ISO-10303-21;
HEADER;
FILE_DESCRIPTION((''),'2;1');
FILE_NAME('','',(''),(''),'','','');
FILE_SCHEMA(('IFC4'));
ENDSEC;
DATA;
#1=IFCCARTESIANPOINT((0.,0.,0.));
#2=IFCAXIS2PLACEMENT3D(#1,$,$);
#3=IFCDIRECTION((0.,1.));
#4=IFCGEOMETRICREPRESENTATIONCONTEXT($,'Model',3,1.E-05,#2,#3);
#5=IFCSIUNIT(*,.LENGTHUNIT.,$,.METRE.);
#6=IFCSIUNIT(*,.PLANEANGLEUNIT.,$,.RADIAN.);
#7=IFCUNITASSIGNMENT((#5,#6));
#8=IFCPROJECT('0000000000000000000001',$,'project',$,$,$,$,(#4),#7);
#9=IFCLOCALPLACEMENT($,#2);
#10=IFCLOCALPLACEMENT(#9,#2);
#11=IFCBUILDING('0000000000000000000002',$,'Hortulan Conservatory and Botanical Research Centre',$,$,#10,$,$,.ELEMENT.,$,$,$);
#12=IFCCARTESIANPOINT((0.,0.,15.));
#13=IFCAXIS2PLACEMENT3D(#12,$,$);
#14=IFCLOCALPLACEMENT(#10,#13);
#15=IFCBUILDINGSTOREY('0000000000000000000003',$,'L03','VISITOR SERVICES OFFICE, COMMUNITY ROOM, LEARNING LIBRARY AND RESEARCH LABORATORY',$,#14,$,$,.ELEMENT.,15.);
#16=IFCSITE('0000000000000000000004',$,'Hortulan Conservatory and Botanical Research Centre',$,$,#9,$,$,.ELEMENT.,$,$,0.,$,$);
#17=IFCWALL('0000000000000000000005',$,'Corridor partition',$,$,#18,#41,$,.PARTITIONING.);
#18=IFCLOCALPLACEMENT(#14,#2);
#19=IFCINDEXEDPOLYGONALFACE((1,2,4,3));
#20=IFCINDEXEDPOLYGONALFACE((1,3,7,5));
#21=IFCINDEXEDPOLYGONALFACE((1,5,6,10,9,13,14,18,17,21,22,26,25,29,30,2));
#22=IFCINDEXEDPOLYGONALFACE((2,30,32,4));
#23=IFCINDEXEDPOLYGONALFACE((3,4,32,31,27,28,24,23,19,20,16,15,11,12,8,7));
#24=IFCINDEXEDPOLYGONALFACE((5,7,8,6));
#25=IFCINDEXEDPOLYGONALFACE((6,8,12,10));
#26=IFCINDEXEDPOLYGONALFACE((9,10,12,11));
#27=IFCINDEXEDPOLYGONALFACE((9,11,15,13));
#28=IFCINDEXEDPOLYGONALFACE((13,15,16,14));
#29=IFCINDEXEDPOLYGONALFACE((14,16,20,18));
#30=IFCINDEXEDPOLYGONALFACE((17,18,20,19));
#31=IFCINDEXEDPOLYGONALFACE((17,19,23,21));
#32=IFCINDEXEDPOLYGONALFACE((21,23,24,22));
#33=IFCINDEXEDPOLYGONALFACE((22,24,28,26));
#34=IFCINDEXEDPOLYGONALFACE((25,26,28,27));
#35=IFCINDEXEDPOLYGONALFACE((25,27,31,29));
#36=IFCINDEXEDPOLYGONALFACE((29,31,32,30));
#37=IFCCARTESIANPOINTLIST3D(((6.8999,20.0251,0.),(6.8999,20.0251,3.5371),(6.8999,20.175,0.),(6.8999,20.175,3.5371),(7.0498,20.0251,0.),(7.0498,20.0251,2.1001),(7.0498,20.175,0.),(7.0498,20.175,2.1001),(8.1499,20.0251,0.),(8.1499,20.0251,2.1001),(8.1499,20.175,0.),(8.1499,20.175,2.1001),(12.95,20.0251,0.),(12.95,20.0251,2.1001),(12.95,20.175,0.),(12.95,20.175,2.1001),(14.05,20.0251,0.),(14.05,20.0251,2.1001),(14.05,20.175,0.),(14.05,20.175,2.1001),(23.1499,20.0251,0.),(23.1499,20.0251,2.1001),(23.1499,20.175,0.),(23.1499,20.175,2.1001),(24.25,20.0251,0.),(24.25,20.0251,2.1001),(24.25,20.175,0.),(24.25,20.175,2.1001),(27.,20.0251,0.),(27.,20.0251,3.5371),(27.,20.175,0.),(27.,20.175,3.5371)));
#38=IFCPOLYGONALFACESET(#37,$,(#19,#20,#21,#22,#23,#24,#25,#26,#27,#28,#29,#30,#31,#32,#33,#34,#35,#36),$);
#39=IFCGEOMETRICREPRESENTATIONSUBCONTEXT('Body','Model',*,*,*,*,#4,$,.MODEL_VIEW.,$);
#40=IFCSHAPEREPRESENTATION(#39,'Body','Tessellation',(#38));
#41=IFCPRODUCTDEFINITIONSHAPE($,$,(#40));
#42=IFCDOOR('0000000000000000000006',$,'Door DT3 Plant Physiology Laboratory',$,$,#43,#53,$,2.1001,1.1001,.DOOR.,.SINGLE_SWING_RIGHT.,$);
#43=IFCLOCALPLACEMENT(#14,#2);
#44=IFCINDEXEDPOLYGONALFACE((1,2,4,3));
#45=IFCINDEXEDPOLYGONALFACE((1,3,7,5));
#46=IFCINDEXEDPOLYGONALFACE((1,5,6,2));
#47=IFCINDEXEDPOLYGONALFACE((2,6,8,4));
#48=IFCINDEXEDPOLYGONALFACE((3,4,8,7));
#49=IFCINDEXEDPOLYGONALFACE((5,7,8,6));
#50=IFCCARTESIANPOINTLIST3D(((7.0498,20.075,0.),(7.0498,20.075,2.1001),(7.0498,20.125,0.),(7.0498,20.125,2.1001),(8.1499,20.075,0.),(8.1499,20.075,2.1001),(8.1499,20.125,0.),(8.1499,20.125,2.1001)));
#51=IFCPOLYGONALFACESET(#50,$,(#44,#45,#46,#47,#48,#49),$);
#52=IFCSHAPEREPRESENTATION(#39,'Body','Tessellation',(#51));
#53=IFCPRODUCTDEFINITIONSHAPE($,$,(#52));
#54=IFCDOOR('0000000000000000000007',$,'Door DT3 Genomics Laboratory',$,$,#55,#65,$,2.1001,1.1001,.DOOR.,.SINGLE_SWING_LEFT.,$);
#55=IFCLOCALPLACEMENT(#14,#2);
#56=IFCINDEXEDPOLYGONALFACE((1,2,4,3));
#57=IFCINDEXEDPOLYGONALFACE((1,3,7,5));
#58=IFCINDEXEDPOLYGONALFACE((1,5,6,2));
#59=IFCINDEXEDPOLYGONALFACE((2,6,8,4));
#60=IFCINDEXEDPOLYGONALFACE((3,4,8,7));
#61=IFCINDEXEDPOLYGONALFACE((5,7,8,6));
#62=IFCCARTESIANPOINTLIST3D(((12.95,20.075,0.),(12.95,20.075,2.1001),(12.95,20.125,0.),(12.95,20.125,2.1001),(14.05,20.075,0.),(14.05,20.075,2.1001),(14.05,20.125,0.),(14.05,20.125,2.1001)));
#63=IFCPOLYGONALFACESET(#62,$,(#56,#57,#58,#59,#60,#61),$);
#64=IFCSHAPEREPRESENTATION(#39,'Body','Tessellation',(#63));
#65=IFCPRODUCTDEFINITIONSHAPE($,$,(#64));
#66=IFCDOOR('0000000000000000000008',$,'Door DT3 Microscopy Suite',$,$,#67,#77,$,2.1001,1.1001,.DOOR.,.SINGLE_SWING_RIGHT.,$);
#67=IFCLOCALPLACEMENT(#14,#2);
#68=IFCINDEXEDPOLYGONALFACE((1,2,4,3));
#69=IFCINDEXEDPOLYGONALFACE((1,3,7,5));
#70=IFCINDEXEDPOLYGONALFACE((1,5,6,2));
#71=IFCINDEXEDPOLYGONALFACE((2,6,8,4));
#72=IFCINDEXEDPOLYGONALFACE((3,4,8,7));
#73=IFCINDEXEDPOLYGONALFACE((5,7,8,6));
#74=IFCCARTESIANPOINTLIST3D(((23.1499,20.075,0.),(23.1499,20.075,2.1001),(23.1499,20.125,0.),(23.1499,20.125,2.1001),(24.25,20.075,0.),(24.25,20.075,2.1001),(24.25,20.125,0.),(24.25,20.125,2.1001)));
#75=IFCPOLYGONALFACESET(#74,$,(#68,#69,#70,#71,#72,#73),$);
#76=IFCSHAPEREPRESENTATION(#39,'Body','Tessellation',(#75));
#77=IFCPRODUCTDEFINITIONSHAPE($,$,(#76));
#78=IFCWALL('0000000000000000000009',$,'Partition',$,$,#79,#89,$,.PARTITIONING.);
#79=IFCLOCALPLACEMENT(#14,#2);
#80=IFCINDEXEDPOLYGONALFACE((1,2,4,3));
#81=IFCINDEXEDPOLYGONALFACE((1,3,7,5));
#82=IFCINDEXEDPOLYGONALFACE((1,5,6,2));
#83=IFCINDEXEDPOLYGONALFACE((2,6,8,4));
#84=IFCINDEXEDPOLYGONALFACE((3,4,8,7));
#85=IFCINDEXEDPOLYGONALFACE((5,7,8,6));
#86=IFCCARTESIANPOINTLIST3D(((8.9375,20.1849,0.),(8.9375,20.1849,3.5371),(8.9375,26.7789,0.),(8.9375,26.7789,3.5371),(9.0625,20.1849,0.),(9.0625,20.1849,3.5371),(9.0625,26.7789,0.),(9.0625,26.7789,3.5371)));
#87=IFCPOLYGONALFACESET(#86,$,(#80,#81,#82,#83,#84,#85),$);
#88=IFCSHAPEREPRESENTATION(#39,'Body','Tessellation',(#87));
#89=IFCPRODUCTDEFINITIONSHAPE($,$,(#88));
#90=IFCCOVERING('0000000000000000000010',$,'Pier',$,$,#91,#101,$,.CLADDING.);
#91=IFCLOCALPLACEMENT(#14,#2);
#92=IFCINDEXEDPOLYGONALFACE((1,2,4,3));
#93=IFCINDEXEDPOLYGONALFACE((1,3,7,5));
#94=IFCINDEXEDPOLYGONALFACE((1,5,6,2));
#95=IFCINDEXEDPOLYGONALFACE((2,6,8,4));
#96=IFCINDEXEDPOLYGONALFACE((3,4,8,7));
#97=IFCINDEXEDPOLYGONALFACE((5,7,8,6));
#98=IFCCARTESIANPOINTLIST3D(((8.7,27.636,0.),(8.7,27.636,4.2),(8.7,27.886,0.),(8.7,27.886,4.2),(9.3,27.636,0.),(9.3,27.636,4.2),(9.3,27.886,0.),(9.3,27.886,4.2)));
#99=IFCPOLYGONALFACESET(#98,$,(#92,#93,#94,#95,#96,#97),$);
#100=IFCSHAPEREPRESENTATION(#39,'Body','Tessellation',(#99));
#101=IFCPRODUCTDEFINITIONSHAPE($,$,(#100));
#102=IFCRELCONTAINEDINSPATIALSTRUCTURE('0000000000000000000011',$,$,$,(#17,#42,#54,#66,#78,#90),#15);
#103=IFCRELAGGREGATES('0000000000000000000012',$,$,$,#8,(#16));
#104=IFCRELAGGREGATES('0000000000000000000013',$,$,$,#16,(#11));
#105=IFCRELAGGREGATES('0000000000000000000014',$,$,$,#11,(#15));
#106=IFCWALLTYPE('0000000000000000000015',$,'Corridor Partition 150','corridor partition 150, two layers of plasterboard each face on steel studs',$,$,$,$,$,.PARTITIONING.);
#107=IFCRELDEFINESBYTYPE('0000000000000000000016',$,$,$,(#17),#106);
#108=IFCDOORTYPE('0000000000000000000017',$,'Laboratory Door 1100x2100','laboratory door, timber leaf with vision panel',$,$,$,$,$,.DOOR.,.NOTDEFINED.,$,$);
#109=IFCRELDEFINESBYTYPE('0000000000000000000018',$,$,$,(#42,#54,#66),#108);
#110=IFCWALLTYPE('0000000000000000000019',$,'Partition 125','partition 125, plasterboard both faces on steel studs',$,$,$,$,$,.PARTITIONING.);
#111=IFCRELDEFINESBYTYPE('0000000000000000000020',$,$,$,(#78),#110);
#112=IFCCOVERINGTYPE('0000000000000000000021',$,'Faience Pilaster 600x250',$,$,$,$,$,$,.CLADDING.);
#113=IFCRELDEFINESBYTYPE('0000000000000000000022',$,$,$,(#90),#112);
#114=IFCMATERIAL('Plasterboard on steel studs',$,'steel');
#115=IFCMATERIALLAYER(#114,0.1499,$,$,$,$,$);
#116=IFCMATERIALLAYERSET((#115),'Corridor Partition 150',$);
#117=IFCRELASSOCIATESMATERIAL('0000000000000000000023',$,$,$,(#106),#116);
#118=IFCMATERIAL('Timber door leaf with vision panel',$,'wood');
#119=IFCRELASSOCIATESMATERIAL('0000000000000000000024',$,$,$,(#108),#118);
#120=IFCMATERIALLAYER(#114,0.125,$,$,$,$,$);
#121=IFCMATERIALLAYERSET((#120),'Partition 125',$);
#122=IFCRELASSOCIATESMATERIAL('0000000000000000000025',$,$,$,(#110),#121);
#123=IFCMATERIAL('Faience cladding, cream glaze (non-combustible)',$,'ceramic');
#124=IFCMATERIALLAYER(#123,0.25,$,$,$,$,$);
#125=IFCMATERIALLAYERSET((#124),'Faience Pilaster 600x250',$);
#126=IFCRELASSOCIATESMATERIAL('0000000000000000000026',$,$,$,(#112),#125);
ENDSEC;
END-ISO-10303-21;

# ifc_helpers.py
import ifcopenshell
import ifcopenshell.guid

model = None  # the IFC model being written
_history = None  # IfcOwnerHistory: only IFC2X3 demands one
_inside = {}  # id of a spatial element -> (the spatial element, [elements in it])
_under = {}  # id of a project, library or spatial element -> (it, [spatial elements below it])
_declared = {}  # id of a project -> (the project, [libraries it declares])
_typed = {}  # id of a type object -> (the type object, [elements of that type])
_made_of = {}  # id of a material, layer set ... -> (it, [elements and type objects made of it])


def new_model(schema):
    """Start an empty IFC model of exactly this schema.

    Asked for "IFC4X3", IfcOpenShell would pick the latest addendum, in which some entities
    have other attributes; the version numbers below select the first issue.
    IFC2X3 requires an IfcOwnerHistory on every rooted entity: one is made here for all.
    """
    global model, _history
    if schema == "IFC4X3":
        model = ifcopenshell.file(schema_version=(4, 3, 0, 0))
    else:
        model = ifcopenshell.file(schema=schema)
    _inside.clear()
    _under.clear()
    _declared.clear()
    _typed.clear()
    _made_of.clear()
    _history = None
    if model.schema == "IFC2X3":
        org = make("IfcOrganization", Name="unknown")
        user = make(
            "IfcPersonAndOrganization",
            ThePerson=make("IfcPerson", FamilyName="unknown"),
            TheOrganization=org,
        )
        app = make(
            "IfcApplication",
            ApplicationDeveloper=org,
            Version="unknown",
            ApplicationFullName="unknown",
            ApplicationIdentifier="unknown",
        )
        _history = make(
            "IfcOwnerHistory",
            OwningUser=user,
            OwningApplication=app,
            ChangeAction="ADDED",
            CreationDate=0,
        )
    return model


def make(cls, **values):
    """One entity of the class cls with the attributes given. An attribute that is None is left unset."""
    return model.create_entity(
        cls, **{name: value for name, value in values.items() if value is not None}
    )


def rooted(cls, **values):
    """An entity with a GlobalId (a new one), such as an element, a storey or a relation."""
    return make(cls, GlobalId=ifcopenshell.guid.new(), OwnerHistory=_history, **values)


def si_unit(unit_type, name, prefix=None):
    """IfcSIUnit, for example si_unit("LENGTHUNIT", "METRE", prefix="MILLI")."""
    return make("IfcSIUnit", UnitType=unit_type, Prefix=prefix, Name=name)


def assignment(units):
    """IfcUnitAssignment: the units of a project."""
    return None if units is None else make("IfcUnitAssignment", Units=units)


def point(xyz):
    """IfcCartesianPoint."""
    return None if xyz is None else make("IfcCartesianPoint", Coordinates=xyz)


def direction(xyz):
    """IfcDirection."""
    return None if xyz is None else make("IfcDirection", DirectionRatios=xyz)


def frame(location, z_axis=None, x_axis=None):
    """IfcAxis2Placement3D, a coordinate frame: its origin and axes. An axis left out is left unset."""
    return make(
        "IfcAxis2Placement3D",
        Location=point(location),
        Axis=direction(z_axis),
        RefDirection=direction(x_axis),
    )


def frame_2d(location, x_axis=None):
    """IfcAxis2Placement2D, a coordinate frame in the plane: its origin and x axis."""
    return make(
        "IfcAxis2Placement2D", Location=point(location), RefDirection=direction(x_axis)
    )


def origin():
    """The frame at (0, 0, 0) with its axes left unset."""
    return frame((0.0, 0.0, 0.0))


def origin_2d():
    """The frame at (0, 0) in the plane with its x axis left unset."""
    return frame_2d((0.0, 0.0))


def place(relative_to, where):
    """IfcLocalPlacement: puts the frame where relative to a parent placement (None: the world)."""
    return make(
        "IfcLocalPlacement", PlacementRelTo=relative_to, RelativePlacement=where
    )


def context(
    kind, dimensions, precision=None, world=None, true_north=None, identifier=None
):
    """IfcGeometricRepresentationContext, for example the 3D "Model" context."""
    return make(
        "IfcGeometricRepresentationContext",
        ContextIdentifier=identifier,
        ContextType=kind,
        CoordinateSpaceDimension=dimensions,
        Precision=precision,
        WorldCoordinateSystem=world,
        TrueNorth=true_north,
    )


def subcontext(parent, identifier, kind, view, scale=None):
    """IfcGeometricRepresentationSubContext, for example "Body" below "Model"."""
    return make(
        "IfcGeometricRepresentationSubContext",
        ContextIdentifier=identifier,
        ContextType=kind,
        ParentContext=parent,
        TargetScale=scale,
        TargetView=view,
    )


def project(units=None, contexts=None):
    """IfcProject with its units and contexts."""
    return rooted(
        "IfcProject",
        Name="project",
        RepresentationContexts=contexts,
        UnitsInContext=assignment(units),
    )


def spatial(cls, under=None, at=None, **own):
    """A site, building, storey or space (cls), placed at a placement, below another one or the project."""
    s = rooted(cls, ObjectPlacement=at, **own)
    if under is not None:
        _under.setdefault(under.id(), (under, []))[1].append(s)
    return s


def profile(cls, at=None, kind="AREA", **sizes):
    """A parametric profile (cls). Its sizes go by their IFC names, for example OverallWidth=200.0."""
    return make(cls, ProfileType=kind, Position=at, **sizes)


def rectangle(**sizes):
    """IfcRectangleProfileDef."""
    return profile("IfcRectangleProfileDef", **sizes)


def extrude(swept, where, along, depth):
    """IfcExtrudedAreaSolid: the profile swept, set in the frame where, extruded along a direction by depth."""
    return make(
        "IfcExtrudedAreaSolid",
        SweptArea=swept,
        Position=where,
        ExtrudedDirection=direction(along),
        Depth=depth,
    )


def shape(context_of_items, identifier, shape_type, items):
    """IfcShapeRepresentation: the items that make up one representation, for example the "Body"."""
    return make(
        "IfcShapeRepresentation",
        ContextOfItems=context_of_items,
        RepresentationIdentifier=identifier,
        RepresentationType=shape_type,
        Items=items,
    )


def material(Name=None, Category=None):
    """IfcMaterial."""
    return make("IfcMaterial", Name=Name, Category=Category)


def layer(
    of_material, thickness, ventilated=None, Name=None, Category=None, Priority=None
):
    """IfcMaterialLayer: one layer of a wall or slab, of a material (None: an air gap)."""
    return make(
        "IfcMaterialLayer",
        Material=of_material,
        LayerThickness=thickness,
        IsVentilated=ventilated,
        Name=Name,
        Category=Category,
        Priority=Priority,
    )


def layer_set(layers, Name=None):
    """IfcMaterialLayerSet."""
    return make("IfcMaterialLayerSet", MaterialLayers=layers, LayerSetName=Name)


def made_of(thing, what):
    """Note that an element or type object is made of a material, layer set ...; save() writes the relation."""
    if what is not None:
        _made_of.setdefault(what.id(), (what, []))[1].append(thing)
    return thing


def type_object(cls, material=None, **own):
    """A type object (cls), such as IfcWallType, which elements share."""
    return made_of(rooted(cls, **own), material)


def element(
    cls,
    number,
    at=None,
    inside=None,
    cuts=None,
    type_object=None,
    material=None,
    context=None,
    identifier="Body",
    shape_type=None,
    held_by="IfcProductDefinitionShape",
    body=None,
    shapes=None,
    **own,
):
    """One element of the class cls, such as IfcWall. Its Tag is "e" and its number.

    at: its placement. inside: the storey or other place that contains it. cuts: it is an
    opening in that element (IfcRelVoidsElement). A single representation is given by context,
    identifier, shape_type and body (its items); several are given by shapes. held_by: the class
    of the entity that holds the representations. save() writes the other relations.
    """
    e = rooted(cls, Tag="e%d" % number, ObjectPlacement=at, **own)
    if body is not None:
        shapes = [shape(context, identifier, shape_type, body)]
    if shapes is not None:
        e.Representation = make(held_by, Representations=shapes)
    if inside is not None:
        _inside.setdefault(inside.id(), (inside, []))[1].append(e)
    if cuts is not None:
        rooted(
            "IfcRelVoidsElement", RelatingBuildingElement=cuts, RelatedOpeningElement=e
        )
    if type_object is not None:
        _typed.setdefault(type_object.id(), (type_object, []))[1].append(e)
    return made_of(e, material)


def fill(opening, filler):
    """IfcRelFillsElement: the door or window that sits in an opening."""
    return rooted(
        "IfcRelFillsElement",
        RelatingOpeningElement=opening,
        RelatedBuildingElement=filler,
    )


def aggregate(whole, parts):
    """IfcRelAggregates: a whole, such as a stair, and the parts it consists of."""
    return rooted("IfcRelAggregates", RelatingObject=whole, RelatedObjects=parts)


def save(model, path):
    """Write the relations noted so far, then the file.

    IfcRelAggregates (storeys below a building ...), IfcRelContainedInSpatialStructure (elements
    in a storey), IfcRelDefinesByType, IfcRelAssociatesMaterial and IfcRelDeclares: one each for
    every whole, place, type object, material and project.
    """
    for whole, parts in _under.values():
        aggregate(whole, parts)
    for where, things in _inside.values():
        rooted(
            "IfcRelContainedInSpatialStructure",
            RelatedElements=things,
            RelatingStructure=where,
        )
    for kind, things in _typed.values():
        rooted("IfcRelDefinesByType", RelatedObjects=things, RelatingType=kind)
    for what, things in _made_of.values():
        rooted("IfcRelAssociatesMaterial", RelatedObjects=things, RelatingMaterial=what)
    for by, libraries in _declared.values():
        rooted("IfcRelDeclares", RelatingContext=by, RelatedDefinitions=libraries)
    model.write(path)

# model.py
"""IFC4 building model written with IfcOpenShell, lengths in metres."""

from ifc_helpers import new_model, si_unit, direction, frame, frame_2d, origin, origin_2d, place, context, subcontext, project, spatial, rectangle, extrude, material, layer, layer_set, type_object, element, fill, save


model = new_model("IFC4")

# Units and contexts
model_context = context("Model", 3, precision=1e-05, world=origin(), true_north=direction((0.0, 1.0)))
body_context = subcontext(model_context, "Body", "Model", "MODEL_VIEW")
ifc_project = project(units=[si_unit("LENGTHUNIT", "METRE"), si_unit("PLANEANGLEUNIT", "RADIAN")], contexts=[model_context])

# Site, building, storey
site_placement = place(None, origin())
site = spatial("IfcSite", under=ifc_project, at=site_placement, Name="Hortulan Conservatory and Botanical Research Centre", CompositionType="ELEMENT", RefElevation=0.0)
building_placement = place(site_placement, origin())
building = spatial("IfcBuilding", under=site, at=building_placement, Name="Hortulan Conservatory and Botanical Research Centre", CompositionType="ELEMENT")
storey_placement = place(building_placement, frame((0.0, 0.0, 15.0)))
storey = spatial("IfcBuildingStorey", under=building, at=storey_placement, Name="L03", Description="VISITOR SERVICES OFFICE, COMMUNITY ROOM, LEARNING LIBRARY AND RESEARCH LABORATORY", CompositionType="ELEMENT", Elevation=15.0)

# Wall, openings, doors
ifc_material_1 = material(Name="Plasterboard on steel studs", Category="steel")
ifc_layer_1 = layer(ifc_material_1, 0.1499)
ifc_layer_set_1 = layer_set([ifc_layer_1], Name="Corridor Partition 150")
wall_type_1 = type_object("IfcWallType", Name="Corridor Partition 150", Description="corridor partition 150, two layers of plasterboard each face on steel studs", PredefinedType="PARTITIONING", material=ifc_layer_set_1)
wall_1_placement = place(storey_placement, frame((6.8999, 20.1001, 0.0), z_axis=(0.0, 0.0, 1.0), x_axis=(1.0, 0.0, 0.0)))
wall_1 = element("IfcWall", 1, at=wall_1_placement, inside=storey, type_object=wall_type_1, Name="Corridor partition", PredefinedType="PARTITIONING", context=body_context, shape_type="SweptSolid", body=[
    extrude(rectangle(XDim=20.1001, YDim=0.1499, at=frame_2d((10.05, 0.0))), origin(), (0.0, 0.0, 1.0), 3.5371),
])
opening_1_placement = place(wall_1_placement, frame((0.1499, 0.0, 0.0)))
opening_1 = element("IfcOpeningElement", 2, at=opening_1_placement, cuts=wall_1, PredefinedType="OPENING", context=body_context, shape_type="SweptSolid", body=[
    extrude(rectangle(XDim=1.1001, YDim=2.1001, at=frame_2d((0.55, 1.05))), frame((0.0, 0.085, 0.0), z_axis=(0.0, -1.0, 0.0), x_axis=(1.0, 0.0, 0.0)), (0.0, 0.0, 1.0), 0.1699),
])
opening_2_placement = place(wall_1_placement, frame((6.05, 0.0, 0.0)))
opening_2 = element("IfcOpeningElement", 3, at=opening_2_placement, cuts=wall_1, PredefinedType="OPENING", context=body_context, shape_type="SweptSolid", body=[
    extrude(rectangle(XDim=1.1001, YDim=2.1001, at=frame_2d((0.55, 1.05))), frame((0.0, 0.085, 0.0), z_axis=(0.0, -1.0, 0.0), x_axis=(1.0, 0.0, 0.0)), (0.0, 0.0, 1.0), 0.1699),
])
opening_3_placement = place(wall_1_placement, frame((16.25, 0.0, 0.0)))
opening_3 = element("IfcOpeningElement", 4, at=opening_3_placement, cuts=wall_1, PredefinedType="OPENING", context=body_context, shape_type="SweptSolid", body=[
    extrude(rectangle(XDim=1.1001, YDim=2.1001, at=frame_2d((0.55, 1.05))), frame((0.0, 0.085, 0.0), z_axis=(0.0, -1.0, 0.0), x_axis=(1.0, 0.0, 0.0)), (0.0, 0.0, 1.0), 0.1699),
])
ifc_material_2 = material(Name="Timber door leaf with vision panel", Category="wood")
door_type = type_object("IfcDoorType", Name="Laboratory Door 1100x2100", Description="laboratory door, timber leaf with vision panel", OperationType="NOTDEFINED", PredefinedType="DOOR", material=ifc_material_2)
door_1_placement = place(opening_1_placement, origin())
door_1 = element("IfcDoor", 5, at=door_1_placement, inside=storey, type_object=door_type, Name="Door DT3 Plant Physiology Laboratory", OperationType="SINGLE_SWING_RIGHT", OverallHeight=2.1001, OverallWidth=1.1001, PredefinedType="DOOR", context=body_context, shape_type="SweptSolid", body=[
    extrude(rectangle(XDim=1.1001, YDim=2.1001, at=frame_2d((0.55, 1.05))), frame((0.0, 0.0249, 0.0), z_axis=(0.0, -1.0, 0.0), x_axis=(1.0, 0.0, 0.0)), (0.0, 0.0, 1.0), 0.05),
])
fill(opening_1, door_1)
door_2_placement = place(opening_2_placement, origin())
door_2 = element("IfcDoor", 6, at=door_2_placement, inside=storey, type_object=door_type, Name="Door DT3 Genomics Laboratory", OperationType="SINGLE_SWING_LEFT", OverallHeight=2.1001, OverallWidth=1.1001, PredefinedType="DOOR", context=body_context, shape_type="SweptSolid", body=[
    extrude(rectangle(XDim=1.1001, YDim=2.1001, at=frame_2d((0.55, 1.05))), frame((0.0, 0.0249, 0.0), z_axis=(0.0, -1.0, 0.0), x_axis=(1.0, 0.0, 0.0)), (0.0, 0.0, 1.0), 0.05),
])
fill(opening_2, door_2)
door_3_placement = place(opening_3_placement, origin())
door_3 = element("IfcDoor", 7, at=door_3_placement, inside=storey, type_object=door_type, Name="Door DT3 Microscopy Suite", OperationType="SINGLE_SWING_RIGHT", OverallHeight=2.1001, OverallWidth=1.1001, PredefinedType="DOOR", context=body_context, shape_type="SweptSolid", body=[
    extrude(rectangle(XDim=1.1001, YDim=2.1001, at=frame_2d((0.55, 1.05))), frame((0.0, 0.0249, 0.0), z_axis=(0.0, -1.0, 0.0), x_axis=(1.0, 0.0, 0.0)), (0.0, 0.0, 1.0), 0.05),
])
fill(opening_3, door_3)

# Wall
ifc_layer_2 = layer(ifc_material_1, 0.125)
ifc_layer_set_2 = layer_set([ifc_layer_2], Name="Partition 125")
wall_type_2 = type_object("IfcWallType", Name="Partition 125", Description="partition 125, plasterboard both faces on steel studs", PredefinedType="PARTITIONING", material=ifc_layer_set_2)
wall_2_placement = place(storey_placement, frame((9.0, 20.1851, 0.0), z_axis=(0.0, 0.0, 1.0), x_axis=(0.0, 1.0, 0.0)))
element("IfcWall", 8, at=wall_2_placement, inside=storey, type_object=wall_type_2, Name="Partition", PredefinedType="PARTITIONING", context=body_context, shape_type="SweptSolid", body=[
    extrude(rectangle(XDim=6.594, YDim=0.125, at=frame_2d((3.2969, 0.0))), origin(), (0.0, 0.0, 1.0), 3.5371),
])

# Covering
ifc_material_3 = material(Name="Faience cladding, cream glaze (non-combustible)", Category="ceramic")
ifc_layer_3 = layer(ifc_material_3, 0.25)
ifc_layer_set_3 = layer_set([ifc_layer_3], Name="Faience Pilaster 600x250")
covering_type = type_object("IfcCoveringType", Name="Faience Pilaster 600x250", PredefinedType="CLADDING", material=ifc_layer_set_3)
covering_placement = place(storey_placement, frame((9.0, 27.761, 0.0), z_axis=(0.0, 0.0, 1.0), x_axis=(1.0, 0.0, 0.0)))
element("IfcCovering", 9, at=covering_placement, inside=storey, type_object=covering_type, Name="Pier", PredefinedType="CLADDING", context=body_context, shape_type="SweptSolid", body=[
    extrude(rectangle(XDim=0.6001, YDim=0.25, at=origin_2d()), origin(), (0.0, 0.0, 1.0), 4.2),
])

save(model, "model.ifc")
